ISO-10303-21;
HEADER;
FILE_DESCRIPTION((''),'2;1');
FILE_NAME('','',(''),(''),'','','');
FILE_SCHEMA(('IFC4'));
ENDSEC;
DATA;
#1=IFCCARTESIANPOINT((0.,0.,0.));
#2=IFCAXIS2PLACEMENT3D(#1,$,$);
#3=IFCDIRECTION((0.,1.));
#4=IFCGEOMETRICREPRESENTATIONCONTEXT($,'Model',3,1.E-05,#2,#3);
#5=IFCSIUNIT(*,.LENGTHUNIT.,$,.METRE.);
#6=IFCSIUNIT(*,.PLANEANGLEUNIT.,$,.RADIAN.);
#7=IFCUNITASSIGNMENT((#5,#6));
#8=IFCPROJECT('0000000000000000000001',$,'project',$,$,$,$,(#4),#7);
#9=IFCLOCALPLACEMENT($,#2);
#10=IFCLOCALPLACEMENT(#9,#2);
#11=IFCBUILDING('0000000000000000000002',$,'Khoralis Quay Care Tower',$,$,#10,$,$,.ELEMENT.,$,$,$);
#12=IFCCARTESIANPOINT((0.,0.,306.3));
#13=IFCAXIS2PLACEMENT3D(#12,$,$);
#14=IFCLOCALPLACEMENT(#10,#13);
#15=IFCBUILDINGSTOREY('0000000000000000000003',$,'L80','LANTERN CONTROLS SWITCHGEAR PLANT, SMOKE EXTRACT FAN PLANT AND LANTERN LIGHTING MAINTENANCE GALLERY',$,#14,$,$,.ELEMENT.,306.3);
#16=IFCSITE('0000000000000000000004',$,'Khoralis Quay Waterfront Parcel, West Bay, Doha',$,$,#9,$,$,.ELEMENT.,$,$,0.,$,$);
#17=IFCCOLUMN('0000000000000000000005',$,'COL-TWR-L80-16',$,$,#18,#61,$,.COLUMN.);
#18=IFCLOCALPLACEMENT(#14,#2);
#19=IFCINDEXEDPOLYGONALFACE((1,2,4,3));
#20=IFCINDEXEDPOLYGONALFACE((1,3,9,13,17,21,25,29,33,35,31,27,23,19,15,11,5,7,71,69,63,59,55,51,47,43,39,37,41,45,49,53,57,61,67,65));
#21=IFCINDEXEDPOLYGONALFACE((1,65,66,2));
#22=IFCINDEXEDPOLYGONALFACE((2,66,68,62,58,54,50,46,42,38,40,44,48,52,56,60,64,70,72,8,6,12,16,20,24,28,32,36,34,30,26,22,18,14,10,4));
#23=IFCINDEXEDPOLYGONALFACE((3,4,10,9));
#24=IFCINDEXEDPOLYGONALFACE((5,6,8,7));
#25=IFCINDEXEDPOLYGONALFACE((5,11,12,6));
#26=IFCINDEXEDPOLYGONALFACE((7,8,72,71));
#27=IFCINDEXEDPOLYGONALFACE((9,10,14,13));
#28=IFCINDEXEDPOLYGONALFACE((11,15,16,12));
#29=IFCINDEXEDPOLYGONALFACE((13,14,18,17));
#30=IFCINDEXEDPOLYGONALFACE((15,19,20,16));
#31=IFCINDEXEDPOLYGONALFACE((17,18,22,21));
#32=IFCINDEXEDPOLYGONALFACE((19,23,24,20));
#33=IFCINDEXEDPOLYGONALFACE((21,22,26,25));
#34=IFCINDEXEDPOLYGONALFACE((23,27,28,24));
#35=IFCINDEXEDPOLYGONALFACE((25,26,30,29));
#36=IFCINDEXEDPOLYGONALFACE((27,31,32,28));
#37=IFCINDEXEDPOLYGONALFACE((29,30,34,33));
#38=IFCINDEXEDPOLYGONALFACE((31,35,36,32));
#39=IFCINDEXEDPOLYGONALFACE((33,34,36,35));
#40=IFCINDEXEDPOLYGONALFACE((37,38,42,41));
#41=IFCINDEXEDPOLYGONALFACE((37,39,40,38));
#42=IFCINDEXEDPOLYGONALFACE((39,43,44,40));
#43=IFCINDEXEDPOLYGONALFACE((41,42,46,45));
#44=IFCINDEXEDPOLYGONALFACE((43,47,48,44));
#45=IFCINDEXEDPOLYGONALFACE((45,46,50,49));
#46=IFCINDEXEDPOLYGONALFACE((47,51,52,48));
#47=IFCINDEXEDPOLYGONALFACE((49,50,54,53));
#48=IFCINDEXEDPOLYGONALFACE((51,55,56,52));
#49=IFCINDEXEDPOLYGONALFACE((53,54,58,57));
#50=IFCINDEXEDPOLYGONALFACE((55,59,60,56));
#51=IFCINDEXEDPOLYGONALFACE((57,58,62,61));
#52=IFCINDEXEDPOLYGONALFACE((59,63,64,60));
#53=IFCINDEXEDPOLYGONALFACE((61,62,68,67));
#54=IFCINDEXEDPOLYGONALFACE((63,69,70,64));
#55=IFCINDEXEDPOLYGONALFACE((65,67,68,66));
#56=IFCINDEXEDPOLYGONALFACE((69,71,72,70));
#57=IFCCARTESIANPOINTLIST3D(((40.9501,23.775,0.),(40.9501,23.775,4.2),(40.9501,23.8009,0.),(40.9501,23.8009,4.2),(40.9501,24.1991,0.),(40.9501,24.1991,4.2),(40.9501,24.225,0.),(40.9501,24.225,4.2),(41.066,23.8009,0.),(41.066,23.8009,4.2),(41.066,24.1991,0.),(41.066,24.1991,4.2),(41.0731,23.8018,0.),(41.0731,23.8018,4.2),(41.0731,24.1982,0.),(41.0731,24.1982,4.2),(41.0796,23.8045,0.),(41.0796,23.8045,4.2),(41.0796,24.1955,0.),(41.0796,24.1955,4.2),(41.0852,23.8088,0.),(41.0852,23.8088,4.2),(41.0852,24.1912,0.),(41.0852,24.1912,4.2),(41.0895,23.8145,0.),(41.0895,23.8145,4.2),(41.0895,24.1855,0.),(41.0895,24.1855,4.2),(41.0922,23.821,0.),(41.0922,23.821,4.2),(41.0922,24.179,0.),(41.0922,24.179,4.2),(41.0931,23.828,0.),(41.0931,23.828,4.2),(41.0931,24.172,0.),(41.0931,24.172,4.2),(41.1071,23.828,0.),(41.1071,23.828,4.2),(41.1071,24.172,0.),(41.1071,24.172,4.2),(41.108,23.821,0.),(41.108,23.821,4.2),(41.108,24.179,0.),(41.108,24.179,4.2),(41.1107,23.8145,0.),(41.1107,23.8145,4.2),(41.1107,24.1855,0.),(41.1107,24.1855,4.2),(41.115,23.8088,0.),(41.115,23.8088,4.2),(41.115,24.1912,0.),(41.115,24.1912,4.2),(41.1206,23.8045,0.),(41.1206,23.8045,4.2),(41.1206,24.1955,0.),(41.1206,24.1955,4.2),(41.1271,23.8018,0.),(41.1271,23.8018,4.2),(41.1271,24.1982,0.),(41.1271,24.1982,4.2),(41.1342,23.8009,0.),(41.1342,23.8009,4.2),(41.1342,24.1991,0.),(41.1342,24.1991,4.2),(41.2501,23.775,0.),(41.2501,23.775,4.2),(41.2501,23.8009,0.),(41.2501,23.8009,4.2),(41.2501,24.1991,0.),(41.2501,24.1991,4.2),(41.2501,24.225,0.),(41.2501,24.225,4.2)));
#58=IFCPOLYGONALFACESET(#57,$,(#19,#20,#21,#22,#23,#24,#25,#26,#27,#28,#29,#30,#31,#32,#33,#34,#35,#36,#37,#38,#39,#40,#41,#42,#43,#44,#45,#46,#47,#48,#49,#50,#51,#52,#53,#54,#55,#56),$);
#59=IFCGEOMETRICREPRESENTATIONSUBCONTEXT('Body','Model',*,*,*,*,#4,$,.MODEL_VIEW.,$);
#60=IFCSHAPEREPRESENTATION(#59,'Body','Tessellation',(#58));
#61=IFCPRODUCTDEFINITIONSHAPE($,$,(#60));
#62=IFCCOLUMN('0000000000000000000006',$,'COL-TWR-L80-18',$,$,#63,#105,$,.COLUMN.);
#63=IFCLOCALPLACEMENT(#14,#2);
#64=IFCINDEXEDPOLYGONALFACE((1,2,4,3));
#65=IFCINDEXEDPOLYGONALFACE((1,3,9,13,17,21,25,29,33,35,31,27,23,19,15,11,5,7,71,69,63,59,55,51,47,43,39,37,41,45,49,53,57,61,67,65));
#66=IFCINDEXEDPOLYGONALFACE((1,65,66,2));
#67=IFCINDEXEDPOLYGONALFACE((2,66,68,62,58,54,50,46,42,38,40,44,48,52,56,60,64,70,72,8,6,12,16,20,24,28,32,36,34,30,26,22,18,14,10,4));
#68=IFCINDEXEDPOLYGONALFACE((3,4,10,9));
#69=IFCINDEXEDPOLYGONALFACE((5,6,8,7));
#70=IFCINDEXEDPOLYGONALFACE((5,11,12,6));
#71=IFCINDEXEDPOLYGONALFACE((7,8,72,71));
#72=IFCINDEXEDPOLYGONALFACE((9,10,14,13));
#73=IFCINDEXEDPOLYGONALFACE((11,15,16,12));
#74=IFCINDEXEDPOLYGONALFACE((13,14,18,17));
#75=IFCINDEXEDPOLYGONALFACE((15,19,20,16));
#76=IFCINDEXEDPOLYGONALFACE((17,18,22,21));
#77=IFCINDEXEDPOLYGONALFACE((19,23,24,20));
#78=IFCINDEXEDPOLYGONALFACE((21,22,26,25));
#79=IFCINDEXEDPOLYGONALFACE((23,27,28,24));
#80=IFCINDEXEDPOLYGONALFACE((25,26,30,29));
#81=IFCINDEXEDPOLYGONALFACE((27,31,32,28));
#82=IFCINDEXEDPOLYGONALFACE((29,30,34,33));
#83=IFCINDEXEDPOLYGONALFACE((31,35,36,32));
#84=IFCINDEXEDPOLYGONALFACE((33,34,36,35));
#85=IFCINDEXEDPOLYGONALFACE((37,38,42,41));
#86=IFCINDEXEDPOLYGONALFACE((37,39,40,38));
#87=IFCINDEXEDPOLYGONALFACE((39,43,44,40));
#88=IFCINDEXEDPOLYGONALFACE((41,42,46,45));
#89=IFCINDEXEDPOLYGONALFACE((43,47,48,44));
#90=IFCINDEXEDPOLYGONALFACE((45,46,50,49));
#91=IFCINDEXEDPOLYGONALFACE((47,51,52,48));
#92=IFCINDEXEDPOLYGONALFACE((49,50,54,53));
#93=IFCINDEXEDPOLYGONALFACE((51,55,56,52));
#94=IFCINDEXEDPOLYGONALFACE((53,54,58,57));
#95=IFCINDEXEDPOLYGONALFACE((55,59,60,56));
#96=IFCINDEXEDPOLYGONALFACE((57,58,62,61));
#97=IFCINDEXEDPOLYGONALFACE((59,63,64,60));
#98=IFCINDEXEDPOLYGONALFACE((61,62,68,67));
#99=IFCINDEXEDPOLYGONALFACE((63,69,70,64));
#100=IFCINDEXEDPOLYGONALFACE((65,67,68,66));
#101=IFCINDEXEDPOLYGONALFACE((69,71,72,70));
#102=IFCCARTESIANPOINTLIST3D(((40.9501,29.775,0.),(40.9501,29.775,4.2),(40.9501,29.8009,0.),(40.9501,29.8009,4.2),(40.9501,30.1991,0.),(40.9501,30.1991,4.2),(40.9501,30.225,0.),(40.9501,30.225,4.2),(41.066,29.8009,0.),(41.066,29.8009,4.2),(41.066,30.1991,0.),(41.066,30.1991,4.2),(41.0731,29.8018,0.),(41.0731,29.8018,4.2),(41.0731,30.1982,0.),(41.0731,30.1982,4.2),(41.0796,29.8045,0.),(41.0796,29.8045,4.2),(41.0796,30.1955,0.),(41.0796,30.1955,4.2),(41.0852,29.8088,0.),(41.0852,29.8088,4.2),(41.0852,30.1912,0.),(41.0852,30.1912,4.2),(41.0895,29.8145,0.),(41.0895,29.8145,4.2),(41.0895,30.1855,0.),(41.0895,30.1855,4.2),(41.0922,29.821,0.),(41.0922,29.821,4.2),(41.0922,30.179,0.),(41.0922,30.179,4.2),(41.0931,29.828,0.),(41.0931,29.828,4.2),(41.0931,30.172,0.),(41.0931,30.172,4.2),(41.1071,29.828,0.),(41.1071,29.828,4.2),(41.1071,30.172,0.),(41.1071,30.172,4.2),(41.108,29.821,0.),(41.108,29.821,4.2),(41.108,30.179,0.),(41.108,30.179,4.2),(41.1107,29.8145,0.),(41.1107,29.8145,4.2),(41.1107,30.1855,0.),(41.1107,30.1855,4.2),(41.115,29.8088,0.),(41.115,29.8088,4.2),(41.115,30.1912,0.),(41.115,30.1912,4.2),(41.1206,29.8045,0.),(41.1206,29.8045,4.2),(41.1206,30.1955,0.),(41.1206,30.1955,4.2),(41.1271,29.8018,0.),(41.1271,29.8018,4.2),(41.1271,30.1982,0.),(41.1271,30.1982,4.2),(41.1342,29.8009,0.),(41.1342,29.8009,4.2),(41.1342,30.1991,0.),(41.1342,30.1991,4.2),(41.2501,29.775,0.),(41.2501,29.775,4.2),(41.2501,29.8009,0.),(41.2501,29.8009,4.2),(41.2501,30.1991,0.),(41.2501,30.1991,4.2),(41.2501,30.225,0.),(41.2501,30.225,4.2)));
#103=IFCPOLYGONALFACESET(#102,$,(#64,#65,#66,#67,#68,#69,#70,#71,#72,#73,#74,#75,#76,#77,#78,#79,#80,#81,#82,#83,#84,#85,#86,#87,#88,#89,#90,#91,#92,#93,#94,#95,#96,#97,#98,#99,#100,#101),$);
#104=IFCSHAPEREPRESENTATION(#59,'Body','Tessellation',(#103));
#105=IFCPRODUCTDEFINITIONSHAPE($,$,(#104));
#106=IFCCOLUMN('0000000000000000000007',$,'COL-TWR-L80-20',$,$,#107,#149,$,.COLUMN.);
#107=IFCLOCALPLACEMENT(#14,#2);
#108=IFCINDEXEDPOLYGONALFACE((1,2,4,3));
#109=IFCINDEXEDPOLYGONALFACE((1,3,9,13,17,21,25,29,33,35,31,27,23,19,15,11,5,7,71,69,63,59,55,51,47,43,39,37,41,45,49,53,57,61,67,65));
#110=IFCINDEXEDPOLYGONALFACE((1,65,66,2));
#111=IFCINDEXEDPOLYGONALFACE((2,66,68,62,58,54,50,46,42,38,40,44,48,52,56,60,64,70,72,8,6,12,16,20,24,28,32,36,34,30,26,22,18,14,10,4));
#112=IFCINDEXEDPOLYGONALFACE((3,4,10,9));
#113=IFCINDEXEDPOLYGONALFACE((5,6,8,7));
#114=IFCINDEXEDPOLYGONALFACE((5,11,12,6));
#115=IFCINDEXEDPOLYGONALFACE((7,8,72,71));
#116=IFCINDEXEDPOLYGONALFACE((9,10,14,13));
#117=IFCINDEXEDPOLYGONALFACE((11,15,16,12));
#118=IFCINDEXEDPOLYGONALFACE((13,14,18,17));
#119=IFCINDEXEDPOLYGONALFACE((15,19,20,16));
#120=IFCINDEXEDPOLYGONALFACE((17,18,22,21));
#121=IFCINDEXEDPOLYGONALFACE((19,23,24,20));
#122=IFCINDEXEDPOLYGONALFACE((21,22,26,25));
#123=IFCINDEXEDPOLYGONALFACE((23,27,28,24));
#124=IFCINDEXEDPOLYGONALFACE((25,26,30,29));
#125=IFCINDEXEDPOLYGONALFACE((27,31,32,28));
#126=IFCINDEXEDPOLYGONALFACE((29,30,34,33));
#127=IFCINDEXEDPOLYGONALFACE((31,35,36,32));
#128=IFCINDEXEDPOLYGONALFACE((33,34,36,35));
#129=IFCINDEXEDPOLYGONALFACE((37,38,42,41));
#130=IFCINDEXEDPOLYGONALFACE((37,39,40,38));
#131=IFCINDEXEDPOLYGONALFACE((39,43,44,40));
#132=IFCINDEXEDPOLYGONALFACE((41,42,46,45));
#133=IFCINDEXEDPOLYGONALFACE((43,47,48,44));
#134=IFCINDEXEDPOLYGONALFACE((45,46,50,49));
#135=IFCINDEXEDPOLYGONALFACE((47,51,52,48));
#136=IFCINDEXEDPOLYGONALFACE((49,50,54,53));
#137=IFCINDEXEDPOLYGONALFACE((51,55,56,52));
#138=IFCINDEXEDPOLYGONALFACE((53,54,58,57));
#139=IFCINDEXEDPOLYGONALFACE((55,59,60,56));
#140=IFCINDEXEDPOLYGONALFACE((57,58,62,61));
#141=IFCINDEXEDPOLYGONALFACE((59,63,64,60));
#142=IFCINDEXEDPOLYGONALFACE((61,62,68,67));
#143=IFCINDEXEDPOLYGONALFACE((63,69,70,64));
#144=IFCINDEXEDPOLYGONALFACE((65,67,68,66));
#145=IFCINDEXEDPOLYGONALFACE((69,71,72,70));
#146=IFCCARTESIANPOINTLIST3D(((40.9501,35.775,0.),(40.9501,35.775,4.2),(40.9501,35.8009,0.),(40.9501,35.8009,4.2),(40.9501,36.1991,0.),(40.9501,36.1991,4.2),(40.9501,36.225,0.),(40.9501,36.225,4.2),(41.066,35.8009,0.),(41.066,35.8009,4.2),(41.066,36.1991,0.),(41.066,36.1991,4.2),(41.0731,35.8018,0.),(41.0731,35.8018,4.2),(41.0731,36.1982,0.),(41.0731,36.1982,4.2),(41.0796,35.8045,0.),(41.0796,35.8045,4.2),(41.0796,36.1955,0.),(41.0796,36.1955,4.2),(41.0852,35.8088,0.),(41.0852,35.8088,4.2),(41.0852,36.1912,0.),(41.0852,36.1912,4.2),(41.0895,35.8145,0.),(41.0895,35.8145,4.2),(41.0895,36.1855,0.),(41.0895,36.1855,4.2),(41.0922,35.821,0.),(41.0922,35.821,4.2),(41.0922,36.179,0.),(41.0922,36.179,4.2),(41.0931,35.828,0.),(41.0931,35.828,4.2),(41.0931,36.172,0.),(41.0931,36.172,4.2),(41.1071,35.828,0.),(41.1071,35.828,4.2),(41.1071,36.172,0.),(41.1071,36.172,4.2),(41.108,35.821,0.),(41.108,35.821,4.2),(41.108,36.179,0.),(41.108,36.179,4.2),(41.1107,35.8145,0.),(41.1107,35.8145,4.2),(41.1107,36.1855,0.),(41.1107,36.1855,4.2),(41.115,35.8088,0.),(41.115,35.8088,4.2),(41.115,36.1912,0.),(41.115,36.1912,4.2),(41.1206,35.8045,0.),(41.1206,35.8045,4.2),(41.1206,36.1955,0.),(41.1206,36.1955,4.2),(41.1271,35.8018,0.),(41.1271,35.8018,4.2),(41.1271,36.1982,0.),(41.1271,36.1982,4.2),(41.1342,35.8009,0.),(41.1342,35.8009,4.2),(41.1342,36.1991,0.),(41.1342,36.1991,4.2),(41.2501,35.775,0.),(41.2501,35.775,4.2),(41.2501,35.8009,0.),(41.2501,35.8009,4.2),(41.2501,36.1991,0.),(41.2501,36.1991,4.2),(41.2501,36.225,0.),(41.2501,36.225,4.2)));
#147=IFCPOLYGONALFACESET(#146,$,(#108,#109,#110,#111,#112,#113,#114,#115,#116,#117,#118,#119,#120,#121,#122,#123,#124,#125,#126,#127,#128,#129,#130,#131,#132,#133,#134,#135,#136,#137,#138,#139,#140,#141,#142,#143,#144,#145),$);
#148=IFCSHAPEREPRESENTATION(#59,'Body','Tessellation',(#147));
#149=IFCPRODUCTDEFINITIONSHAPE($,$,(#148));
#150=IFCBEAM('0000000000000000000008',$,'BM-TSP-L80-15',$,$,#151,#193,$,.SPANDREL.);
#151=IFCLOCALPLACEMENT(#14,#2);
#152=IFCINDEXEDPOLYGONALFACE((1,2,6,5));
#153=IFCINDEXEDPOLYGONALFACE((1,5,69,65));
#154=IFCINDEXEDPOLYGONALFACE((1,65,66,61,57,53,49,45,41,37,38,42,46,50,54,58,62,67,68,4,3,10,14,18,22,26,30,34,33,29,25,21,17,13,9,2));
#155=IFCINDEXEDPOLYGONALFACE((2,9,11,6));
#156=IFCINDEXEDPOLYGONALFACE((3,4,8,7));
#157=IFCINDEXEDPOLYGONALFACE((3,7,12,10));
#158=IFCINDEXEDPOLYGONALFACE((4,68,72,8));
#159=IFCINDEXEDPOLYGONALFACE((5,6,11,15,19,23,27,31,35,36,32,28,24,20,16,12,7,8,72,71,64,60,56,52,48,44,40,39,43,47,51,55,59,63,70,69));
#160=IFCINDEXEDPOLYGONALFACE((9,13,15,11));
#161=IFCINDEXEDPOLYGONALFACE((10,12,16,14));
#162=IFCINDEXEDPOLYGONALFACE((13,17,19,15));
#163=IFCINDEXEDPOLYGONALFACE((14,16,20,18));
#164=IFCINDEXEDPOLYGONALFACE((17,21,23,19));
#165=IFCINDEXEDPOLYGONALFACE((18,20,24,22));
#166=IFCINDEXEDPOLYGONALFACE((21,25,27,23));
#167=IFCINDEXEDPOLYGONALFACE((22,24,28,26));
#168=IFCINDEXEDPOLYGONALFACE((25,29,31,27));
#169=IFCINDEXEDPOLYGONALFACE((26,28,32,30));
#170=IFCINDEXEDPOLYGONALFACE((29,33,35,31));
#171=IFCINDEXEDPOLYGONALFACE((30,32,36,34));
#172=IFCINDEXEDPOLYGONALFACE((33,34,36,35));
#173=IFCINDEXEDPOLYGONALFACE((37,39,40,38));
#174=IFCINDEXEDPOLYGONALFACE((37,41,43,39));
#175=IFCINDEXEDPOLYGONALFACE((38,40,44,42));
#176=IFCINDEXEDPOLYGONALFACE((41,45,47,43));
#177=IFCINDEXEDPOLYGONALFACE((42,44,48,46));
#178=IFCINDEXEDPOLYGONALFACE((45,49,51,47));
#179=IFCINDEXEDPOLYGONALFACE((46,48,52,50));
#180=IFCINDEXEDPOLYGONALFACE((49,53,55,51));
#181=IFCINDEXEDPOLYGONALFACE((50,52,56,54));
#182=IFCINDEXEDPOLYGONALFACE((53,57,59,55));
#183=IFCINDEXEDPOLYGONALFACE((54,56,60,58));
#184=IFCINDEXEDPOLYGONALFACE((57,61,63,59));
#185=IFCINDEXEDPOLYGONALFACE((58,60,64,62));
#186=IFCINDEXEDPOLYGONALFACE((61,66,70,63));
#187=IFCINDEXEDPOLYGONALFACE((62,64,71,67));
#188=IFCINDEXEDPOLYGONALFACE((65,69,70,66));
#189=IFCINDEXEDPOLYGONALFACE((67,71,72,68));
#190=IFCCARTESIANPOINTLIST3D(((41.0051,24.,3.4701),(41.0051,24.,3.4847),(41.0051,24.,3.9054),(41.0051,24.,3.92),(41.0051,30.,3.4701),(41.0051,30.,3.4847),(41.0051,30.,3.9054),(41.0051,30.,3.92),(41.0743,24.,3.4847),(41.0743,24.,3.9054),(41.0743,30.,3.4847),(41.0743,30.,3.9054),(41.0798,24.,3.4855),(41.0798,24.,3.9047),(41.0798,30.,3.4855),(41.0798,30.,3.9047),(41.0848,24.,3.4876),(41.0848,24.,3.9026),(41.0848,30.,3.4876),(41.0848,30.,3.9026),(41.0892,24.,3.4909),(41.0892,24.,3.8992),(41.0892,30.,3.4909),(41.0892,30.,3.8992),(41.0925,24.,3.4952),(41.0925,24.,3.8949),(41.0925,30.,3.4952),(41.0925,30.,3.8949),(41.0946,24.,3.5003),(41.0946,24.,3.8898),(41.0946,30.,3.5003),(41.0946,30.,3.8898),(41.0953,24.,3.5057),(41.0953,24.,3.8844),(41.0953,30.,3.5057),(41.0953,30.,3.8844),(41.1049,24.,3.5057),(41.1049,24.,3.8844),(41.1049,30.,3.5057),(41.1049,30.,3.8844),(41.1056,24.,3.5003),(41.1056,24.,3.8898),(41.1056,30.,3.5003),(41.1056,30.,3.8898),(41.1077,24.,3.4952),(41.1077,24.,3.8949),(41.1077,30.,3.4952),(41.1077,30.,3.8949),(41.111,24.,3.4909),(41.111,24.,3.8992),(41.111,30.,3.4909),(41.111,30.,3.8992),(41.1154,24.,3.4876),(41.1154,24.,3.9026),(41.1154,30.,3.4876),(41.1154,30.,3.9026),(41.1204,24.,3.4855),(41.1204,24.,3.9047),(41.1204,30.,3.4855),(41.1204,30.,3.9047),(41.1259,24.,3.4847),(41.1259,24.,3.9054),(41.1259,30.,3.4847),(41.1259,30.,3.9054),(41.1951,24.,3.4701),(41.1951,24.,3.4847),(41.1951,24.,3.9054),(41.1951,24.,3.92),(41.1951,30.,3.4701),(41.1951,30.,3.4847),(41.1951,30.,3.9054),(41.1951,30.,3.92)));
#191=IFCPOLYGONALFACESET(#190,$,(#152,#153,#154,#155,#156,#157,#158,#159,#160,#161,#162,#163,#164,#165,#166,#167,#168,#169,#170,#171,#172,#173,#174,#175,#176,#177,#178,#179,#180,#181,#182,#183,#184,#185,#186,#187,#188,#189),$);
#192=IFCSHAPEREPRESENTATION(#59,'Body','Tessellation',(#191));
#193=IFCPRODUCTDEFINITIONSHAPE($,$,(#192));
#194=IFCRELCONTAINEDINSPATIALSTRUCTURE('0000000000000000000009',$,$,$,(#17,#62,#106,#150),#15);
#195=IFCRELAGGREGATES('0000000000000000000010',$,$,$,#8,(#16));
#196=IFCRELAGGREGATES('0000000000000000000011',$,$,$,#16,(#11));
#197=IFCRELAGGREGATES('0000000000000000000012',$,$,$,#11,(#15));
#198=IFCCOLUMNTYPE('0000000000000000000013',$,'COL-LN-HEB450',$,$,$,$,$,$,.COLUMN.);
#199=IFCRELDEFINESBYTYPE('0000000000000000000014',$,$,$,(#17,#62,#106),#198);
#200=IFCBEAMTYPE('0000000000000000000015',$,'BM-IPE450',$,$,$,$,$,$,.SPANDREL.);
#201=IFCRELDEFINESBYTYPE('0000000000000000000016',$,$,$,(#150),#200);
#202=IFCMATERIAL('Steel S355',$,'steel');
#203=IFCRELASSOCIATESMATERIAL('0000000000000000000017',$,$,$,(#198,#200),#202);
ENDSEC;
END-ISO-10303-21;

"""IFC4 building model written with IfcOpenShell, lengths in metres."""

from ifc_helpers import new_model, si_unit, direction, frame, origin, origin_2d, place, context, subcontext, project, spatial, i_section, extrude, source, transform, mapped, material, material_profile, profile_set, type_object, element, save


model = new_model("IFC4")

# Units and contexts
model_context = context("Model", 3, precision=1e-05, world=origin(), true_north=direction((0.0, 1.0)))
body_context = subcontext(model_context, "Body", "Model", "MODEL_VIEW")
ifc_project = project(units=[si_unit("LENGTHUNIT", "METRE"), si_unit("PLANEANGLEUNIT", "RADIAN")], contexts=[model_context])

# Site, building, storey
site_placement = place(None, origin())
site = spatial("IfcSite", under=ifc_project, at=site_placement, Name="Khoralis Quay Waterfront Parcel, West Bay, Doha", CompositionType="ELEMENT", RefElevation=0.0)
building_placement = place(site_placement, origin())
building = spatial("IfcBuilding", under=site, at=building_placement, Name="Khoralis Quay Care Tower", CompositionType="ELEMENT")
storey_placement = place(building_placement, frame((0.0, 0.0, 306.3)))
storey = spatial("IfcBuildingStorey", under=building, at=storey_placement, Name="L80", Description="LANTERN CONTROLS SWITCHGEAR PLANT, SMOKE EXTRACT FAN PLANT AND LANTERN LIGHTING MAINTENANCE GALLERY", CompositionType="ELEMENT", Elevation=306.3)

# Columns
ifc_material_1 = material(Name="Steel S355", Category="steel")
ifc_material_profile_1 = material_profile(ifc_material_1, i_section(OverallWidth=0.3, OverallDepth=0.45, WebThickness=0.0139, FlangeThickness=0.0259, FilletRadius=0.0271, at=origin_2d()), Name="Steel S355")
ifc_profile_set_1 = profile_set([ifc_material_profile_1], Name="Steel S355")
column_type = type_object("IfcColumnType", Name="COL-LN-HEB450", PredefinedType="COLUMN", material=ifc_profile_set_1)
shared_shape_1 = source(origin(), body_context, "Body", "SweptSolid", [
    extrude(i_section(OverallWidth=0.3, OverallDepth=0.45, WebThickness=0.0139, FlangeThickness=0.0259, FilletRadius=0.0271, at=origin_2d()), origin(), (0.0, 0.0, 1.0), 4.2),
])
for number, where, z_axis, x_axis, name in (
    (1, (41.1001, 24.0, 0.0), (0.0, 0.0, 1.0), (1.0, 0.0, 0.0), "COL-TWR-L80-16"),
    (2, (41.1001, 30.0, 0.0), (0.0, 0.0, 1.0), (1.0, 0.0, 0.0), "COL-TWR-L80-18"),
    (3, (41.1001, 36.0, 0.0), (0.0, 0.0, 1.0), (1.0, 0.0, 0.0), "COL-TWR-L80-20"),
):
    element("IfcColumn", number, at=place(storey_placement, frame(where, z_axis=z_axis, x_axis=x_axis)), inside=storey, type_object=column_type, Name=name, PredefinedType="COLUMN", context=body_context, shape_type="MappedRepresentation", body=[
        mapped(shared_shape_1, transform((0.0, 0.0, 0.0), scale=1.0)),
    ])

# Beam
ifc_material_profile_2 = material_profile(ifc_material_1, i_section(OverallWidth=0.1899, OverallDepth=0.45, WebThickness=0.0095, FlangeThickness=0.0146, FilletRadius=0.021, at=origin_2d()), Name="Steel S355")
ifc_profile_set_2 = profile_set([ifc_material_profile_2], Name="Steel S355")
beam_type = type_object("IfcBeamType", Name="BM-IPE450", PredefinedType="SPANDREL", material=ifc_profile_set_2)
shared_shape_2 = source(origin(), body_context, "Body", "SweptSolid", [
    extrude(i_section(OverallWidth=0.1899, OverallDepth=0.45, WebThickness=0.0095, FlangeThickness=0.0146, FilletRadius=0.021, at=origin_2d()), origin(), (0.0, 0.0, 1.0), 6.0),
])
for number, where, z_axis, x_axis, name in (
    (4, (41.1001, 24.0, 3.6951), (0.0, 1.0, 0.0), (-1.0, 0.0, 0.0), "BM-TSP-L80-15"),
):
    element("IfcBeam", number, at=place(storey_placement, frame(where, z_axis=z_axis, x_axis=x_axis)), inside=storey, type_object=beam_type, Name=name, PredefinedType="SPANDREL", context=body_context, shape_type="MappedRepresentation", body=[
        mapped(shared_shape_2, transform((0.0, 0.0, 0.0), scale=1.0)),
    ])

save(model, "model.ifc")
